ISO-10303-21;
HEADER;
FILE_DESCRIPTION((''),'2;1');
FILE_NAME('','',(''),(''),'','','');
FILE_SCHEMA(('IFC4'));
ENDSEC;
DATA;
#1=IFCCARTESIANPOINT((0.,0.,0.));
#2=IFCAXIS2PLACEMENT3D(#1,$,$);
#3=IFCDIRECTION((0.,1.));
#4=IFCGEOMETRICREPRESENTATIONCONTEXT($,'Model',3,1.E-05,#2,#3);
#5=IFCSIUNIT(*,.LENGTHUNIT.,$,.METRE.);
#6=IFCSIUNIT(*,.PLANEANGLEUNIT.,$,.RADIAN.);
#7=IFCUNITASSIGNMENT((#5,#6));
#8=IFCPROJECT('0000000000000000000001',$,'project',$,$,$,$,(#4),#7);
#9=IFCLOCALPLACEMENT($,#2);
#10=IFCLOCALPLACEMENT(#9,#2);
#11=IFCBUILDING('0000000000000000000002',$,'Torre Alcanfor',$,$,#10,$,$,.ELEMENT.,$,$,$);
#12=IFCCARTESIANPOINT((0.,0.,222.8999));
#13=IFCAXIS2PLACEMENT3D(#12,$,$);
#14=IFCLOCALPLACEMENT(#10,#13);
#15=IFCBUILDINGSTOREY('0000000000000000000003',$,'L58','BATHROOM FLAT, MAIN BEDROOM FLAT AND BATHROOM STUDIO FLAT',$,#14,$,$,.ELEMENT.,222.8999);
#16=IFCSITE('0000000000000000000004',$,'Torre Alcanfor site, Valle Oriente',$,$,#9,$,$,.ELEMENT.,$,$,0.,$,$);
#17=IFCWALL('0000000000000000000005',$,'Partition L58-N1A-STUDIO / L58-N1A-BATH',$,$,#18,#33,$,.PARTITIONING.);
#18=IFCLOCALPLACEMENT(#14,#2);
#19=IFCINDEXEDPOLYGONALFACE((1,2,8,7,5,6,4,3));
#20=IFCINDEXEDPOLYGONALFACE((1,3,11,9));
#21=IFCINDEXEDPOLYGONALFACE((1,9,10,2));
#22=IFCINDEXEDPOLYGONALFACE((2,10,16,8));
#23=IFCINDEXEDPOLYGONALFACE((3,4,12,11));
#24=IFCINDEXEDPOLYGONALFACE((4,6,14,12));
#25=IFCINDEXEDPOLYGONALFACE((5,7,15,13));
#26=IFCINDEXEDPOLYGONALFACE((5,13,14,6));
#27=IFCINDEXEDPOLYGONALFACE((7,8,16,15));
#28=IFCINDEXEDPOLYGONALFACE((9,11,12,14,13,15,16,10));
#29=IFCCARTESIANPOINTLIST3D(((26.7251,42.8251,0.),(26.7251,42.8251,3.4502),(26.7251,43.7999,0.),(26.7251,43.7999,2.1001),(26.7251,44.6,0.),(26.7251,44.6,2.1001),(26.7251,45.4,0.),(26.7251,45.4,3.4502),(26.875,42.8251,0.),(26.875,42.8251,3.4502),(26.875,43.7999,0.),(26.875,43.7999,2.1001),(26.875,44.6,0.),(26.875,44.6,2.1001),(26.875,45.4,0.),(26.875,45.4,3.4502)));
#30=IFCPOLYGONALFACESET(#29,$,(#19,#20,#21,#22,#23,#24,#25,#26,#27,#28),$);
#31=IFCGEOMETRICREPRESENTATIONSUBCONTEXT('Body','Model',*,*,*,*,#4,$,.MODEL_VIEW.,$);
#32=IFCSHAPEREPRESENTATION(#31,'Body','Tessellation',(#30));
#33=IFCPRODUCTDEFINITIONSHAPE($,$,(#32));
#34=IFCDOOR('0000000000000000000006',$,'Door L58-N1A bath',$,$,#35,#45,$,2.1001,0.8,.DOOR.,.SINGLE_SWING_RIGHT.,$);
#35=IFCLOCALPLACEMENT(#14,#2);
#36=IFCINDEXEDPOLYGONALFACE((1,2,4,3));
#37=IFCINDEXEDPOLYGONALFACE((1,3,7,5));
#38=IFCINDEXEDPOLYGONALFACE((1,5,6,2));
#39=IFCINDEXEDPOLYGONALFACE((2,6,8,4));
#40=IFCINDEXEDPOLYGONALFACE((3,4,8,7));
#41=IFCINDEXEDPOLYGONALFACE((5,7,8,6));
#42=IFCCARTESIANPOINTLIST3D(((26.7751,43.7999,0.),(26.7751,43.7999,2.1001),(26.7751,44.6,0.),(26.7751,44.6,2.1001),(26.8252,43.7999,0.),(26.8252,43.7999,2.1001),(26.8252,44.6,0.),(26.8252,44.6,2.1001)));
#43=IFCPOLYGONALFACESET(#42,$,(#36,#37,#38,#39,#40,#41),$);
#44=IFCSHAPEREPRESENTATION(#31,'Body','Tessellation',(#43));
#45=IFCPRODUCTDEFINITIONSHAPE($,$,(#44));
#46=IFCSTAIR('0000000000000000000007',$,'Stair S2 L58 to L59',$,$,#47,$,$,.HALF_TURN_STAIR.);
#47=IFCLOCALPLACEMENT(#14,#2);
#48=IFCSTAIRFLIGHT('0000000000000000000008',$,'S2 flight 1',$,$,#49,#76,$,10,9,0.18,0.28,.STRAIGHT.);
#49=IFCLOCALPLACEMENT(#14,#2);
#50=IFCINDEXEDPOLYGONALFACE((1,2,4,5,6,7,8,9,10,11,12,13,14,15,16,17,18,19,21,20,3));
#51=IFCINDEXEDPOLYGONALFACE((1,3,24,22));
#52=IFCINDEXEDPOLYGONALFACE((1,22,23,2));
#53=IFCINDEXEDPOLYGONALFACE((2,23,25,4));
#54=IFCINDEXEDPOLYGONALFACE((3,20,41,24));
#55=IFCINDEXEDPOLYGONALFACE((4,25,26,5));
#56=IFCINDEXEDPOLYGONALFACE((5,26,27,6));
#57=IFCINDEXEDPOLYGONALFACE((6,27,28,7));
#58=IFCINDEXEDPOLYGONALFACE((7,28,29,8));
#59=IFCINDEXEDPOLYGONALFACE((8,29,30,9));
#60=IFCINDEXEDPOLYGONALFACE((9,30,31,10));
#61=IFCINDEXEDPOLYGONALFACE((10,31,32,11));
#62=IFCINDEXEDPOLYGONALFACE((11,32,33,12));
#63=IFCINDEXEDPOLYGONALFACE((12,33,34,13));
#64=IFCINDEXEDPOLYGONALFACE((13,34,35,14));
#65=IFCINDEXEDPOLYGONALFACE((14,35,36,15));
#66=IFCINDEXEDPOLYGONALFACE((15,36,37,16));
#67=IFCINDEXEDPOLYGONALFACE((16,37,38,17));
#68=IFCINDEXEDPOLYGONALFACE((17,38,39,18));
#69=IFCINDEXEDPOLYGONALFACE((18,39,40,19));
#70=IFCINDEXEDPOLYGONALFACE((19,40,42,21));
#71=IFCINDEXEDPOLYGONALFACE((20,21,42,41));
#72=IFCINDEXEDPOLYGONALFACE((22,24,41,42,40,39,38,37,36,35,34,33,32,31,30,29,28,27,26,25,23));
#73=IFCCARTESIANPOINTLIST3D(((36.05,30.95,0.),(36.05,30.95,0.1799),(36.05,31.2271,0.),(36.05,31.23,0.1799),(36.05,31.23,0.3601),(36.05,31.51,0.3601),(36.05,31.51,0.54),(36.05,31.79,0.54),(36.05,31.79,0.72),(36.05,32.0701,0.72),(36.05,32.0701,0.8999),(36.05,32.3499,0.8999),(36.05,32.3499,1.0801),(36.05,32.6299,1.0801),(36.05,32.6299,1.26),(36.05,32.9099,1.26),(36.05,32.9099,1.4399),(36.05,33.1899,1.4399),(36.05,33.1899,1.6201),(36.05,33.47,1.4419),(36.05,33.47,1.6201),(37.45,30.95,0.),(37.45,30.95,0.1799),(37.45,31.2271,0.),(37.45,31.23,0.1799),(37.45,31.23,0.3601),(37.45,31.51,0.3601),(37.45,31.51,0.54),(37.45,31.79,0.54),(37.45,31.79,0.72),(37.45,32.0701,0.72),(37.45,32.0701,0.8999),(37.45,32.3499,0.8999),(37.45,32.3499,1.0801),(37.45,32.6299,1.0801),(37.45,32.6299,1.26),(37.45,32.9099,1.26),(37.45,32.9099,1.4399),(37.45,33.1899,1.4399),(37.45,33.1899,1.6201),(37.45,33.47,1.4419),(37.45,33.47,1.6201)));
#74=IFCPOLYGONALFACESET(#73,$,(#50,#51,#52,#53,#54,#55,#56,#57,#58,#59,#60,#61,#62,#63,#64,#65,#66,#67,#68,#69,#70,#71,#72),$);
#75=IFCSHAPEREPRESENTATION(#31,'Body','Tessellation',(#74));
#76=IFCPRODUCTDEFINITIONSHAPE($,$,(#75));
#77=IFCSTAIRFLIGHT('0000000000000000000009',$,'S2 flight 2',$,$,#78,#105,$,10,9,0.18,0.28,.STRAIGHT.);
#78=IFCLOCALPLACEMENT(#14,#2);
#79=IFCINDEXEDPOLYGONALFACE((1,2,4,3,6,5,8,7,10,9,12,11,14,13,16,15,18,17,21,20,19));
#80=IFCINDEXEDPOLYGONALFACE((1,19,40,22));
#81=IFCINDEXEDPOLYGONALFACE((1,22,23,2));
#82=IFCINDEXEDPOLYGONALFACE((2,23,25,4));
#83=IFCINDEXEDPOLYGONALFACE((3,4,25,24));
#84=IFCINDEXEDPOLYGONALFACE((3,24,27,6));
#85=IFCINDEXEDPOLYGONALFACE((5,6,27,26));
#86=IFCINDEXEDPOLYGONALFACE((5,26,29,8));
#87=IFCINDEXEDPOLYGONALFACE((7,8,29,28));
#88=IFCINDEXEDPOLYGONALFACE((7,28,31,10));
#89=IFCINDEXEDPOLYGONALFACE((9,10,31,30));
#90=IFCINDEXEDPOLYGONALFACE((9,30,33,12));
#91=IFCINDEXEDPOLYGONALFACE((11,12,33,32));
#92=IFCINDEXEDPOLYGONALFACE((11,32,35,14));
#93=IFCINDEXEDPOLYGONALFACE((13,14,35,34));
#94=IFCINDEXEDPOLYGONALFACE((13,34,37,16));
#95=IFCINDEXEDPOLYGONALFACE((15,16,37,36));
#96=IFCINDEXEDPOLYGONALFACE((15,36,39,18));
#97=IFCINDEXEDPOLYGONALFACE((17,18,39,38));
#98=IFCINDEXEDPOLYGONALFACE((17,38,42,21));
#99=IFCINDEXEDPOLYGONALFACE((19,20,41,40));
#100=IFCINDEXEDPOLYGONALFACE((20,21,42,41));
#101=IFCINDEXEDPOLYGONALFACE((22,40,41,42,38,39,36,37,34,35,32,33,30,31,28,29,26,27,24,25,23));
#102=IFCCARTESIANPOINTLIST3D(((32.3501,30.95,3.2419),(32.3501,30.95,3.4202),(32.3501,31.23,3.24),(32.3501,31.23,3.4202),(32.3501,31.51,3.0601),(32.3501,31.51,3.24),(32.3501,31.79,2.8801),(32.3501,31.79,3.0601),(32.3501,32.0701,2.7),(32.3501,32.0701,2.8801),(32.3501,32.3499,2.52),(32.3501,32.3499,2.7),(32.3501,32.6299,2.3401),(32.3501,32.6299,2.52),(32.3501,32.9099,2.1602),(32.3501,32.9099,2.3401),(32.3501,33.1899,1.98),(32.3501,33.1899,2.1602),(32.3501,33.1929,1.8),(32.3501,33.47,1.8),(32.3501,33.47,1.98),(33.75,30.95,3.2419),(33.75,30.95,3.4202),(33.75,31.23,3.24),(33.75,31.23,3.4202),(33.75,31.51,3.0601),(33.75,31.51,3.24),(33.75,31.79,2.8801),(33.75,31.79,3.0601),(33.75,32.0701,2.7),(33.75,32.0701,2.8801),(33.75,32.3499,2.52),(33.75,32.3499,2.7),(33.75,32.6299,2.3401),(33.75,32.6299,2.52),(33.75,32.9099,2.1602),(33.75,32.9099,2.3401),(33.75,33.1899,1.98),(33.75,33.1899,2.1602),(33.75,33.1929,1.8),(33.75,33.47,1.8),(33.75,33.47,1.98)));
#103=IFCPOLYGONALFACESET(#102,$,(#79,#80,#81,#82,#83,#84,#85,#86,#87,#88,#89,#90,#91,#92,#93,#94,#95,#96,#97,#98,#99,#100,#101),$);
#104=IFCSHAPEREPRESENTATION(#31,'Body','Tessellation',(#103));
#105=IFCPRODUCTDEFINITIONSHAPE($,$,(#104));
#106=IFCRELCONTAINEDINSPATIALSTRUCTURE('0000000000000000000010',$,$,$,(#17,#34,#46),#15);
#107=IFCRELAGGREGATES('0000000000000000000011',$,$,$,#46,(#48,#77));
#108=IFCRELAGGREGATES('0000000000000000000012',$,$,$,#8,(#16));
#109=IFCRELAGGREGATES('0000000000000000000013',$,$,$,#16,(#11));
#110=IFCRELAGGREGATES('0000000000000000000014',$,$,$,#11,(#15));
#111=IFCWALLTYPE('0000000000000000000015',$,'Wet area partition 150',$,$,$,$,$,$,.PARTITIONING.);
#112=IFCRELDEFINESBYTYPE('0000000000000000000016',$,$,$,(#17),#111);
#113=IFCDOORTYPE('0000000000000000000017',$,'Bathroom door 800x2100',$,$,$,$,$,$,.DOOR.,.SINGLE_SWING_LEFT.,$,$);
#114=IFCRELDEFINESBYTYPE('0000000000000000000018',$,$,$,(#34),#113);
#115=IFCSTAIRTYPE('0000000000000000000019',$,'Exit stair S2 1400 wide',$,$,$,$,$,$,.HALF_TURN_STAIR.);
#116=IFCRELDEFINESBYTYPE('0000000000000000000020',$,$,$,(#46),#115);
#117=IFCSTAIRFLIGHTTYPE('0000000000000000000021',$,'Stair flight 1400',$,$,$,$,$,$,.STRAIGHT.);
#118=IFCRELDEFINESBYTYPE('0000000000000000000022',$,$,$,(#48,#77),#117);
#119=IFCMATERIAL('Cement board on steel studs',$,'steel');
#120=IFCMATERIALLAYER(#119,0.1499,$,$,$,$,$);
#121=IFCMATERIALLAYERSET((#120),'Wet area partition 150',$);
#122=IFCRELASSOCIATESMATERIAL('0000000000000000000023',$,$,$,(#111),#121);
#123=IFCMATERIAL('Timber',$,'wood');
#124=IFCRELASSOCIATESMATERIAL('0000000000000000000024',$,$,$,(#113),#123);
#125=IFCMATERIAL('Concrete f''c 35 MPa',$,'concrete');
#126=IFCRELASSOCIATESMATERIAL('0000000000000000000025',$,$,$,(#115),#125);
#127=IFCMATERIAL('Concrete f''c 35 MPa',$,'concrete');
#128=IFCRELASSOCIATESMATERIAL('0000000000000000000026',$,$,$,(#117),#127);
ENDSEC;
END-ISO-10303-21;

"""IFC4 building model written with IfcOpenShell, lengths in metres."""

from ifc_helpers import new_model, si_unit, direction, frame, frame_2d, origin, place, context, subcontext, project, spatial, polyline, rectangle, outline, extrude, material, layer, layer_set, type_object, element, fill, aggregate, save


model = new_model("IFC4")

# Units and contexts
model_context = context("Model", 3, precision=1e-05, world=origin(), true_north=direction((0.0, 1.0)))
body_context = subcontext(model_context, "Body", "Model", "MODEL_VIEW")
ifc_project = project(units=[si_unit("LENGTHUNIT", "METRE"), si_unit("PLANEANGLEUNIT", "RADIAN")], contexts=[model_context])

# Site, building, storey
site_placement = place(None, origin())
site = spatial("IfcSite", under=ifc_project, at=site_placement, Name="Torre Alcanfor site, Valle Oriente", CompositionType="ELEMENT", RefElevation=0.0)
building_placement = place(site_placement, origin())
building = spatial("IfcBuilding", under=site, at=building_placement, Name="Torre Alcanfor", CompositionType="ELEMENT")
storey_placement = place(building_placement, frame((0.0, 0.0, 222.8999)))
storey = spatial("IfcBuildingStorey", under=building, at=storey_placement, Name="L58", Description="BATHROOM FLAT, MAIN BEDROOM FLAT AND BATHROOM STUDIO FLAT", CompositionType="ELEMENT", Elevation=222.8999)

# Wall, opening, door
ifc_material_1 = material(Name="Cement board on steel studs", Category="steel")
ifc_layer_1 = layer(ifc_material_1, 0.1499)
ifc_layer_set_1 = layer_set([ifc_layer_1], Name="Wet area partition 150")
wall_type_1 = type_object("IfcWallType", Name="Wet area partition 150", PredefinedType="PARTITIONING", material=ifc_layer_set_1)
wall_1_placement = place(storey_placement, frame((26.8, 42.825, 0.0), z_axis=(0.0, 0.0, 1.0), x_axis=(0.0, 1.0, 0.0)))
wall_1 = element("IfcWall", 1, at=wall_1_placement, inside=storey, type_object=wall_type_1, Name="Partition L58-N1A-STUDIO / L58-N1A-BATH", PredefinedType="PARTITIONING", context=body_context, shape_type="SweptSolid", body=[
    extrude(rectangle(XDim=2.575, YDim=0.1499, at=frame_2d((1.2876, 0.0))), origin(), (0.0, 0.0, 1.0), 3.4502),
])
opening_1_placement = place(wall_1_placement, frame((0.9751, 0.0, 0.0)))
opening_1 = element("IfcOpeningElement", 2, at=opening_1_placement, cuts=wall_1, PredefinedType="OPENING", context=body_context, shape_type="SweptSolid", body=[
    extrude(rectangle(XDim=0.8, YDim=2.1001, at=frame_2d((0.3999, 1.05))), frame((0.0, 0.085, 0.0), z_axis=(0.0, -1.0, 0.0), x_axis=(1.0, 0.0, 0.0)), (0.0, 0.0, 1.0), 0.1699),
])
ifc_material_2 = material(Name="Timber", Category="wood")
door_type_1 = type_object("IfcDoorType", Name="Bathroom door 800x2100", OperationType="SINGLE_SWING_LEFT", PredefinedType="DOOR", material=ifc_material_2)
door_1_placement = place(opening_1_placement, origin())
door_1 = element("IfcDoor", 3, at=door_1_placement, inside=storey, type_object=door_type_1, Name="Door L58-N1A bath", OperationType="SINGLE_SWING_RIGHT", OverallHeight=2.1001, OverallWidth=0.8, PredefinedType="DOOR", context=body_context, shape_type="SweptSolid", body=[
    extrude(rectangle(XDim=0.8, YDim=2.1001, at=frame_2d((0.3999, 1.05))), frame((0.0, 0.0249, 0.0), z_axis=(0.0, -1.0, 0.0), x_axis=(1.0, 0.0, 0.0)), (0.0, 0.0, 1.0), 0.05),
])
fill(opening_1, door_1)

# Stair, stair flights
ifc_material_3 = material(Name="Concrete f'c 35 MPa", Category="concrete")
stair_type = type_object("IfcStairType", Name="Exit stair S2 1400 wide", PredefinedType="HALF_TURN_STAIR", material=ifc_material_3)
stair_placement = place(storey_placement, origin())
stair = element("IfcStair", 4, at=stair_placement, inside=storey, type_object=stair_type, Name="Stair S2 L58 to L59", PredefinedType="HALF_TURN_STAIR")
ifc_material_4 = material(Name="Concrete f'c 35 MPa", Category="concrete")
stair_flight_type = type_object("IfcStairFlightType", Name="Stair flight 1400", PredefinedType="STRAIGHT", material=ifc_material_4)
stair_flight_1_placement = place(storey_placement, frame((36.75, 30.95, 0.0), z_axis=(0.0, 0.0, 1.0), x_axis=(0.0, 1.0, 0.0)))
stair_flight_1 = element("IfcStairFlight", 5, at=stair_flight_1_placement, type_object=stair_flight_type, Name="S2 flight 1", NumberOfRisers=10, NumberOfTreads=9, PredefinedType="STRAIGHT", RiserHeight=0.18, TreadLength=0.28, context=body_context, shape_type="SweptSolid", body=[
    extrude(outline(polyline([(0.0, 0.0), (0.0, 0.1799), (0.28, 0.1799), (0.28, 0.3601), (0.5601, 0.3601), (0.5601, 0.54), (0.8401, 0.54), (0.8401, 0.72), (1.1201, 0.72), (1.1201, 0.8999), (1.3999, 0.8999), (1.3999, 1.0801), (1.6799, 1.0801), (1.6799, 1.26), (1.96, 1.26), (1.96, 1.4399), (2.24, 1.4399), (2.24, 1.6201), (2.52, 1.6201), (2.52, 1.8), (2.52, 1.4419), (0.2771, 0.0), (0.0, 0.0)])), frame((0.0, 0.7, 0.0), z_axis=(0.0, -1.0, 0.0), x_axis=(1.0, 0.0, 0.0)), (0.0, 0.0, 1.0), 1.3999),
])
stair_flight_2_placement = place(storey_placement, frame((33.05, 33.47, 1.8), z_axis=(0.0, 0.0, 1.0), x_axis=(0.0, -1.0, 0.0)))
stair_flight_2 = element("IfcStairFlight", 6, at=stair_flight_2_placement, type_object=stair_flight_type, Name="S2 flight 2", NumberOfRisers=10, NumberOfTreads=9, PredefinedType="STRAIGHT", RiserHeight=0.18, TreadLength=0.28, context=body_context, shape_type="SweptSolid", body=[
    extrude(outline(polyline([(0.0, 0.0), (0.0, 0.1799), (0.28, 0.1799), (0.28, 0.3601), (0.5601, 0.3601), (0.5601, 0.54), (0.8401, 0.54), (0.8401, 0.72), (1.1201, 0.72), (1.1201, 0.8999), (1.3999, 0.8999), (1.3999, 1.0801), (1.6799, 1.0801), (1.6799, 1.26), (1.96, 1.26), (1.96, 1.4399), (2.24, 1.4399), (2.24, 1.6201), (2.52, 1.6201), (2.52, 1.8), (2.52, 1.4419), (0.2771, 0.0), (0.0, 0.0)])), frame((0.0, 0.7, 0.0), z_axis=(0.0, -1.0, 0.0), x_axis=(1.0, 0.0, 0.0)), (0.0, 0.0, 1.0), 1.3999),
])
aggregate(stair, [stair_flight_1, stair_flight_2])

save(model, "model.ifc")
